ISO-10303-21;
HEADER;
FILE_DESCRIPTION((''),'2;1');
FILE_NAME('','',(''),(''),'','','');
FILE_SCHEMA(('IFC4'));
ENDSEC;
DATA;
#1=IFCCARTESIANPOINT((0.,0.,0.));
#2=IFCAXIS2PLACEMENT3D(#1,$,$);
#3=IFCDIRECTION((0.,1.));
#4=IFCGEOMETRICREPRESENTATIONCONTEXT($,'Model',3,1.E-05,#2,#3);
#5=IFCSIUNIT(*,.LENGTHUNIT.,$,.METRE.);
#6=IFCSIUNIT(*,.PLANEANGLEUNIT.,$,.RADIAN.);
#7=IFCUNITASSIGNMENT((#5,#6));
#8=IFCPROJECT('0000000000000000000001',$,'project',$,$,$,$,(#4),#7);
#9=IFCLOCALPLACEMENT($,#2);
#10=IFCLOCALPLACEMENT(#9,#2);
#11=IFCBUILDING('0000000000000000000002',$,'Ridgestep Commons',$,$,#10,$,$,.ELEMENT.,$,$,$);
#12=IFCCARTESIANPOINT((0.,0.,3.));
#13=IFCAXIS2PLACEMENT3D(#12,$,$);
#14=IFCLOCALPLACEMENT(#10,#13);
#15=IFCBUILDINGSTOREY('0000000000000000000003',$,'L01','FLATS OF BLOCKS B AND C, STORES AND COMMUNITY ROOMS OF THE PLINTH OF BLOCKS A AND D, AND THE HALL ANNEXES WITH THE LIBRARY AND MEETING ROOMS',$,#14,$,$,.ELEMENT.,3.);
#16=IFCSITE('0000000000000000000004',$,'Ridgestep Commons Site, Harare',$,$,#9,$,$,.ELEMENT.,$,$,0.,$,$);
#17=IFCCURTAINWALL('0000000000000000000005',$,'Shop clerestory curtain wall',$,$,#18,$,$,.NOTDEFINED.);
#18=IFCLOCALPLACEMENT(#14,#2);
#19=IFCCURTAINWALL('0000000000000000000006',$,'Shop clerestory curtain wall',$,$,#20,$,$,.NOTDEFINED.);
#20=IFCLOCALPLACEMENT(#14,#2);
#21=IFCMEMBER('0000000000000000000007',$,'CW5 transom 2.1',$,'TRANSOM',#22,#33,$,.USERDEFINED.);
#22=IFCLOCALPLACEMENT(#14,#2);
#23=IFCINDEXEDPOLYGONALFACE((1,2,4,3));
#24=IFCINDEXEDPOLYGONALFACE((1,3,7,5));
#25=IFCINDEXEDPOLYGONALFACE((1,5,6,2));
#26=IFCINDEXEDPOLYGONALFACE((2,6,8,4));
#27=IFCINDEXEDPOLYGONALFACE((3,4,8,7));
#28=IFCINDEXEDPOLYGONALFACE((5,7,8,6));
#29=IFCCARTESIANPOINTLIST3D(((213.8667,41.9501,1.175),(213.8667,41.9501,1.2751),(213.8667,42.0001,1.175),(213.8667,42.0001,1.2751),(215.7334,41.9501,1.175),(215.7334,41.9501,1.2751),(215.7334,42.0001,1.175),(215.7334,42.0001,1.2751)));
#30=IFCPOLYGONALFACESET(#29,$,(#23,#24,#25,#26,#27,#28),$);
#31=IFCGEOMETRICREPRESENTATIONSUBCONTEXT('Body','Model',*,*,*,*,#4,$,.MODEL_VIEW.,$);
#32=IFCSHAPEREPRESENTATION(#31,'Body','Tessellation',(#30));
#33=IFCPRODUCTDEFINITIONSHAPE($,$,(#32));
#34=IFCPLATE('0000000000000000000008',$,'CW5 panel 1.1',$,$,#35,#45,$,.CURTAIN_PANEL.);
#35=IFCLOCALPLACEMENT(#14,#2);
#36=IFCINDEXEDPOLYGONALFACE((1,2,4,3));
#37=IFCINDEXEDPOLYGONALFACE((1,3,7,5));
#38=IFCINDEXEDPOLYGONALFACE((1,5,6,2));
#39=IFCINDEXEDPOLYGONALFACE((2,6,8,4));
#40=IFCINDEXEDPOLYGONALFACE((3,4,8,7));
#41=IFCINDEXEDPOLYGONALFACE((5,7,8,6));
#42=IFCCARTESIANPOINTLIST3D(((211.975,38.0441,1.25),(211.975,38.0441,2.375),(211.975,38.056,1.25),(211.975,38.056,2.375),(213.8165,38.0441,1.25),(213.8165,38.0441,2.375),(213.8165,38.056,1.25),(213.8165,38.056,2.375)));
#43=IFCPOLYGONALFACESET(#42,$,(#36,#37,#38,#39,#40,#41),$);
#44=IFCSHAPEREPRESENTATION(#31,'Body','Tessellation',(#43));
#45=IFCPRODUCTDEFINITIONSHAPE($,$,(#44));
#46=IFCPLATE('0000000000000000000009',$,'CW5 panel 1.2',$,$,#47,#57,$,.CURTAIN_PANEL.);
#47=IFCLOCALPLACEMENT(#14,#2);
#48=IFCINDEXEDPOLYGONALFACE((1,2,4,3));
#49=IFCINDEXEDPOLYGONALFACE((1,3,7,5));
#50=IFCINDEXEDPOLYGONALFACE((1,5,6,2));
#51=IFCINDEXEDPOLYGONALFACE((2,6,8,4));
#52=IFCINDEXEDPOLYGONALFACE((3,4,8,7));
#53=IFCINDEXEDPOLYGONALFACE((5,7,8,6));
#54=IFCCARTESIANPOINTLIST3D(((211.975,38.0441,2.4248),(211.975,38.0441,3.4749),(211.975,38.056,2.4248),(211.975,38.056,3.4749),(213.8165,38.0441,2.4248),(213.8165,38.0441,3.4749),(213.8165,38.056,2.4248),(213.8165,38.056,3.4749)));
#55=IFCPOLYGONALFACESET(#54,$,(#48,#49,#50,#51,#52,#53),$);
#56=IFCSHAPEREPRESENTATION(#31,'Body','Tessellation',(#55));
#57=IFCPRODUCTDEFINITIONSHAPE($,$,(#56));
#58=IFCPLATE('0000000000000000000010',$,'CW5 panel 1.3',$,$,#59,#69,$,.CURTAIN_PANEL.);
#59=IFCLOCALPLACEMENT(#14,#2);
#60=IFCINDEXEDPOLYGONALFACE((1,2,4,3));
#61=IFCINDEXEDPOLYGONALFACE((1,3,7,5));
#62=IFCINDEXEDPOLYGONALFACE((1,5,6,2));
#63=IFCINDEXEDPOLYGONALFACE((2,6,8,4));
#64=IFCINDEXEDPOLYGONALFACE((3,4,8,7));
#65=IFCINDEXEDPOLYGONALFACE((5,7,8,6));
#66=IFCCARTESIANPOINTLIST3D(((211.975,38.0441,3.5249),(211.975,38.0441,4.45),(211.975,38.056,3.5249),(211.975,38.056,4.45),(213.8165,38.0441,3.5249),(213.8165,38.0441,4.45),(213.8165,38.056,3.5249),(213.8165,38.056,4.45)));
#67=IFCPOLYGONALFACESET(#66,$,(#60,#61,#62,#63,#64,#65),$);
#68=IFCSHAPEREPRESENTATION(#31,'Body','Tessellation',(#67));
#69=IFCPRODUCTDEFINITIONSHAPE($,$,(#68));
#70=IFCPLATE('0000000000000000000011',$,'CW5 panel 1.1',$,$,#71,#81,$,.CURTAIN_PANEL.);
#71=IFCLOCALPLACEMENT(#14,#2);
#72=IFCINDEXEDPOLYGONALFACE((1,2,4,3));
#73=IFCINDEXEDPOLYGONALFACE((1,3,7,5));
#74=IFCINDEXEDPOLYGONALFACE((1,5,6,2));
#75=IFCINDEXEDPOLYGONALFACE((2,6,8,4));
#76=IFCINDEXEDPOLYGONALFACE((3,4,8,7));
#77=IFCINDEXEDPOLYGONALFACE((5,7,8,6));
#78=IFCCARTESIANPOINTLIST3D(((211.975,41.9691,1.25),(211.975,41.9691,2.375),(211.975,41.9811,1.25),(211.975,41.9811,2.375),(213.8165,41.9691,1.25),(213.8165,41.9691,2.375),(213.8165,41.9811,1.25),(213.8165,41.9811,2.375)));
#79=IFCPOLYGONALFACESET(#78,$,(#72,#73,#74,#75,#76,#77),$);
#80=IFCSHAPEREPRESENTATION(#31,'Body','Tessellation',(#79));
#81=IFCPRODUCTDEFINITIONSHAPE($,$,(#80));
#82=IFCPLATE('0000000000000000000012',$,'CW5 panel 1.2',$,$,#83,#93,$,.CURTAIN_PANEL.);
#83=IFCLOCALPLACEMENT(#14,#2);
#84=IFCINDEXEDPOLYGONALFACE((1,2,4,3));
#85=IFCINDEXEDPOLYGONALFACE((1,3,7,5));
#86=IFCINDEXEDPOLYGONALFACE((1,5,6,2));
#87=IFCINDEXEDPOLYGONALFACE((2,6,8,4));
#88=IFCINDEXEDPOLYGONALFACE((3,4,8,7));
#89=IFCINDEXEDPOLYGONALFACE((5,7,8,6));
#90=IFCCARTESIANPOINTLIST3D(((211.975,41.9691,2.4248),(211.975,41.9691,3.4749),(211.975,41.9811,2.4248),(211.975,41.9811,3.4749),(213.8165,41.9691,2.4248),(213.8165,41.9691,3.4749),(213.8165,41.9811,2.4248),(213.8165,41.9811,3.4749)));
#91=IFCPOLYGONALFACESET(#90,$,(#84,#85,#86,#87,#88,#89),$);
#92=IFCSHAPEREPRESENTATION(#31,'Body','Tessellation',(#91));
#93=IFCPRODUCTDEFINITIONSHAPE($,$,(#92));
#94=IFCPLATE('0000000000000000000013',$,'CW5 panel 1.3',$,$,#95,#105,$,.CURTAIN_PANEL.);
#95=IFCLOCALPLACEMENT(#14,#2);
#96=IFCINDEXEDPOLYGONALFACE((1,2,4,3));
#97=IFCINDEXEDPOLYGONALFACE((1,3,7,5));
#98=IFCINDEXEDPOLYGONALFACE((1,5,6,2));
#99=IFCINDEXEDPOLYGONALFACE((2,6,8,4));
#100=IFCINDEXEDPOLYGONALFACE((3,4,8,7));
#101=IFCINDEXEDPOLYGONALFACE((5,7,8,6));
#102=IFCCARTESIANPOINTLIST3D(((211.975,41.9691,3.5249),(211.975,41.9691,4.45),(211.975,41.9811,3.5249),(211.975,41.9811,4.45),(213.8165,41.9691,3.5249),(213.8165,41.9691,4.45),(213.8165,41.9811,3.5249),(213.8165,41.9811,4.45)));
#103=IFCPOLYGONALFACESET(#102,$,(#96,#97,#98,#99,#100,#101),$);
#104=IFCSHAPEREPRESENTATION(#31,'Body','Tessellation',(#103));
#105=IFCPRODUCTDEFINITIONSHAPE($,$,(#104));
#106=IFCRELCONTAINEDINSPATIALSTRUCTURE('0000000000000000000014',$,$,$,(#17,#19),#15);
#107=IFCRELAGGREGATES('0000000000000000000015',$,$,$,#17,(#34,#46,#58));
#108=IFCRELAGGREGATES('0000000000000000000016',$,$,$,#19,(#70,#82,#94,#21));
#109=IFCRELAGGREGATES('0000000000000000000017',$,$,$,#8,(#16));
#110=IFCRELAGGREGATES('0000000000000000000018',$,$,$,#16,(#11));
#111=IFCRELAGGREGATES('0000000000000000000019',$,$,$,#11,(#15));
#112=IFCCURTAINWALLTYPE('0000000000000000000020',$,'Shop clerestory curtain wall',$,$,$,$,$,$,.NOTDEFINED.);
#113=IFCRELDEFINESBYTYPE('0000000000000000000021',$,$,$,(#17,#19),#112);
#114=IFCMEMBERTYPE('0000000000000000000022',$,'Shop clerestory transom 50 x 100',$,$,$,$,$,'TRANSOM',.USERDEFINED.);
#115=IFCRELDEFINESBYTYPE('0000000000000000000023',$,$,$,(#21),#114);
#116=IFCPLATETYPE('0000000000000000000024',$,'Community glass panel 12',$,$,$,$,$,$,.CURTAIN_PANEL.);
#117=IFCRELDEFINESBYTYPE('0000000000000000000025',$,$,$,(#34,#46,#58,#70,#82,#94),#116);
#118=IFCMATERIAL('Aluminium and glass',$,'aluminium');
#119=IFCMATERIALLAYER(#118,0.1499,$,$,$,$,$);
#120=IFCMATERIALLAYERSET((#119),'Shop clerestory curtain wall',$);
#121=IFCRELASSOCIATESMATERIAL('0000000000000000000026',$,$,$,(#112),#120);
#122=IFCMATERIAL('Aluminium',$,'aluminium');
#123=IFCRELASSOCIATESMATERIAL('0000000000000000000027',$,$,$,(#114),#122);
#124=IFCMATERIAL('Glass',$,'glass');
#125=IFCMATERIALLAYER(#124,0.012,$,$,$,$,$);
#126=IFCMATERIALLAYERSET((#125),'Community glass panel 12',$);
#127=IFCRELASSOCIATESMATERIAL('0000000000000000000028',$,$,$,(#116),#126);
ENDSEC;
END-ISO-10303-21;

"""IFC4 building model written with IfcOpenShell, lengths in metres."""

from ifc_helpers import new_model, si_unit, direction, frame, origin, origin_2d, place, context, subcontext, project, spatial, rectangle, extrude, material, layer, layer_set, material_profile, profile_set, type_object, element, aggregate, save


model = new_model("IFC4")

# Units and contexts
model_context = context("Model", 3, precision=1e-05, world=origin(), true_north=direction((0.0, 1.0)))
body_context = subcontext(model_context, "Body", "Model", "MODEL_VIEW")
ifc_project = project(units=[si_unit("LENGTHUNIT", "METRE"), si_unit("PLANEANGLEUNIT", "RADIAN")], contexts=[model_context])

# Site, building, storey
site_placement = place(None, origin())
site = spatial("IfcSite", under=ifc_project, at=site_placement, Name="Ridgestep Commons Site, Harare", CompositionType="ELEMENT", RefElevation=0.0)
building_placement = place(site_placement, origin())
building = spatial("IfcBuilding", under=site, at=building_placement, Name="Ridgestep Commons", CompositionType="ELEMENT")
storey_placement = place(building_placement, frame((0.0, 0.0, 3.0)))
storey = spatial("IfcBuildingStorey", under=building, at=storey_placement, Name="L01", Description="FLATS OF BLOCKS B AND C, STORES AND COMMUNITY ROOMS OF THE PLINTH OF BLOCKS A AND D, AND THE HALL ANNEXES WITH THE LIBRARY AND MEETING ROOMS", CompositionType="ELEMENT", Elevation=3.0)

# Curtain wall
ifc_material_1 = material(Name="Aluminium and glass", Category="aluminium")
ifc_layer_1 = layer(ifc_material_1, 0.1499)
ifc_layer_set_1 = layer_set([ifc_layer_1], Name="Shop clerestory curtain wall")
curtain_wall_type = type_object("IfcCurtainWallType", Name="Shop clerestory curtain wall", PredefinedType="NOTDEFINED", material=ifc_layer_set_1)
curtain_wall_1_placement = place(storey_placement, origin())
curtain_wall_1 = element("IfcCurtainWall", 1, at=curtain_wall_1_placement, inside=storey, type_object=curtain_wall_type, Name="Shop clerestory curtain wall", PredefinedType="NOTDEFINED")

# Curtain wall
curtain_wall_2_placement = place(storey_placement, origin())
curtain_wall_2 = element("IfcCurtainWall", 2, at=curtain_wall_2_placement, inside=storey, type_object=curtain_wall_type, Name="Shop clerestory curtain wall", PredefinedType="NOTDEFINED")

# Member
ifc_material_2 = material(Name="Aluminium", Category="aluminium")
ifc_material_profile_1 = material_profile(ifc_material_2, rectangle(XDim=0.05, YDim=0.1001, at=origin_2d()), Name="Shop clerestory transom 50 x 100")
ifc_profile_set_1 = profile_set([ifc_material_profile_1], Name="Aluminium")
member_type_1 = type_object("IfcMemberType", Name="Shop clerestory transom 50 x 100", ElementType="TRANSOM", PredefinedType="USERDEFINED", material=ifc_profile_set_1)
member_1_placement = place(storey_placement, frame((213.8667, 41.9751, 1.2251), z_axis=(1.0, 0.0, 0.0), x_axis=(0.0, 1.0, 0.0)))
member_1 = element("IfcMember", 3, at=member_1_placement, type_object=member_type_1, Name="CW5 transom 2.1", ObjectType="TRANSOM", PredefinedType="USERDEFINED", context=body_context, shape_type="SweptSolid", body=[
    extrude(rectangle(XDim=0.05, YDim=0.1001, at=origin_2d()), origin(), (0.0, 0.0, 1.0), 1.8667),
])

# Plates
ifc_material_3 = material(Name="Glass", Category="glass")
ifc_layer_2 = layer(ifc_material_3, 0.012)
ifc_layer_set_2 = layer_set([ifc_layer_2], Name="Community glass panel 12")
plate_type = type_object("IfcPlateType", Name="Community glass panel 12", PredefinedType="CURTAIN_PANEL", material=ifc_layer_set_2)
plate_1_placement = place(storey_placement, frame((212.8958, 38.05, 1.25), z_axis=(0.0, 0.0, 1.0), x_axis=(1.0, 0.0, 0.0)))
plate_1 = element("IfcPlate", 4, at=plate_1_placement, type_object=plate_type, Name="CW5 panel 1.1", PredefinedType="CURTAIN_PANEL", context=body_context, shape_type="SweptSolid", body=[
    extrude(rectangle(XDim=1.8416, YDim=0.012, at=origin_2d()), origin(), (0.0, 0.0, 1.0), 1.125),
])
plate_2_placement = place(storey_placement, frame((212.8958, 38.05, 2.4248), z_axis=(0.0, 0.0, 1.0), x_axis=(1.0, 0.0, 0.0)))
plate_2 = element("IfcPlate", 5, at=plate_2_placement, type_object=plate_type, Name="CW5 panel 1.2", PredefinedType="CURTAIN_PANEL", context=body_context, shape_type="SweptSolid", body=[
    extrude(rectangle(XDim=1.8416, YDim=0.012, at=origin_2d()), origin(), (0.0, 0.0, 1.0), 1.05),
])
plate_3_placement = place(storey_placement, frame((212.8958, 38.05, 3.5249), z_axis=(0.0, 0.0, 1.0), x_axis=(1.0, 0.0, 0.0)))
plate_3 = element("IfcPlate", 6, at=plate_3_placement, type_object=plate_type, Name="CW5 panel 1.3", PredefinedType="CURTAIN_PANEL", context=body_context, shape_type="SweptSolid", body=[
    extrude(rectangle(XDim=1.8416, YDim=0.012, at=origin_2d()), origin(), (0.0, 0.0, 1.0), 0.925),
])
aggregate(curtain_wall_1, [plate_1, plate_2, plate_3])
plate_4_placement = place(storey_placement, frame((212.8958, 41.9751, 1.25), z_axis=(0.0, 0.0, 1.0), x_axis=(1.0, 0.0, 0.0)))
plate_4 = element("IfcPlate", 7, at=plate_4_placement, type_object=plate_type, Name="CW5 panel 1.1", PredefinedType="CURTAIN_PANEL", context=body_context, shape_type="SweptSolid", body=[
    extrude(rectangle(XDim=1.8416, YDim=0.012, at=origin_2d()), origin(), (0.0, 0.0, 1.0), 1.125),
])
plate_5_placement = place(storey_placement, frame((212.8958, 41.9751, 2.4248), z_axis=(0.0, 0.0, 1.0), x_axis=(1.0, 0.0, 0.0)))
plate_5 = element("IfcPlate", 8, at=plate_5_placement, type_object=plate_type, Name="CW5 panel 1.2", PredefinedType="CURTAIN_PANEL", context=body_context, shape_type="SweptSolid", body=[
    extrude(rectangle(XDim=1.8416, YDim=0.012, at=origin_2d()), origin(), (0.0, 0.0, 1.0), 1.05),
])
plate_6_placement = place(storey_placement, frame((212.8958, 41.9751, 3.5249), z_axis=(0.0, 0.0, 1.0), x_axis=(1.0, 0.0, 0.0)))
plate_6 = element("IfcPlate", 9, at=plate_6_placement, type_object=plate_type, Name="CW5 panel 1.3", PredefinedType="CURTAIN_PANEL", context=body_context, shape_type="SweptSolid", body=[
    extrude(rectangle(XDim=1.8416, YDim=0.012, at=origin_2d()), origin(), (0.0, 0.0, 1.0), 0.925),
])
aggregate(curtain_wall_2, [plate_4, plate_5, plate_6, member_1])

save(model, "model.ifc")
